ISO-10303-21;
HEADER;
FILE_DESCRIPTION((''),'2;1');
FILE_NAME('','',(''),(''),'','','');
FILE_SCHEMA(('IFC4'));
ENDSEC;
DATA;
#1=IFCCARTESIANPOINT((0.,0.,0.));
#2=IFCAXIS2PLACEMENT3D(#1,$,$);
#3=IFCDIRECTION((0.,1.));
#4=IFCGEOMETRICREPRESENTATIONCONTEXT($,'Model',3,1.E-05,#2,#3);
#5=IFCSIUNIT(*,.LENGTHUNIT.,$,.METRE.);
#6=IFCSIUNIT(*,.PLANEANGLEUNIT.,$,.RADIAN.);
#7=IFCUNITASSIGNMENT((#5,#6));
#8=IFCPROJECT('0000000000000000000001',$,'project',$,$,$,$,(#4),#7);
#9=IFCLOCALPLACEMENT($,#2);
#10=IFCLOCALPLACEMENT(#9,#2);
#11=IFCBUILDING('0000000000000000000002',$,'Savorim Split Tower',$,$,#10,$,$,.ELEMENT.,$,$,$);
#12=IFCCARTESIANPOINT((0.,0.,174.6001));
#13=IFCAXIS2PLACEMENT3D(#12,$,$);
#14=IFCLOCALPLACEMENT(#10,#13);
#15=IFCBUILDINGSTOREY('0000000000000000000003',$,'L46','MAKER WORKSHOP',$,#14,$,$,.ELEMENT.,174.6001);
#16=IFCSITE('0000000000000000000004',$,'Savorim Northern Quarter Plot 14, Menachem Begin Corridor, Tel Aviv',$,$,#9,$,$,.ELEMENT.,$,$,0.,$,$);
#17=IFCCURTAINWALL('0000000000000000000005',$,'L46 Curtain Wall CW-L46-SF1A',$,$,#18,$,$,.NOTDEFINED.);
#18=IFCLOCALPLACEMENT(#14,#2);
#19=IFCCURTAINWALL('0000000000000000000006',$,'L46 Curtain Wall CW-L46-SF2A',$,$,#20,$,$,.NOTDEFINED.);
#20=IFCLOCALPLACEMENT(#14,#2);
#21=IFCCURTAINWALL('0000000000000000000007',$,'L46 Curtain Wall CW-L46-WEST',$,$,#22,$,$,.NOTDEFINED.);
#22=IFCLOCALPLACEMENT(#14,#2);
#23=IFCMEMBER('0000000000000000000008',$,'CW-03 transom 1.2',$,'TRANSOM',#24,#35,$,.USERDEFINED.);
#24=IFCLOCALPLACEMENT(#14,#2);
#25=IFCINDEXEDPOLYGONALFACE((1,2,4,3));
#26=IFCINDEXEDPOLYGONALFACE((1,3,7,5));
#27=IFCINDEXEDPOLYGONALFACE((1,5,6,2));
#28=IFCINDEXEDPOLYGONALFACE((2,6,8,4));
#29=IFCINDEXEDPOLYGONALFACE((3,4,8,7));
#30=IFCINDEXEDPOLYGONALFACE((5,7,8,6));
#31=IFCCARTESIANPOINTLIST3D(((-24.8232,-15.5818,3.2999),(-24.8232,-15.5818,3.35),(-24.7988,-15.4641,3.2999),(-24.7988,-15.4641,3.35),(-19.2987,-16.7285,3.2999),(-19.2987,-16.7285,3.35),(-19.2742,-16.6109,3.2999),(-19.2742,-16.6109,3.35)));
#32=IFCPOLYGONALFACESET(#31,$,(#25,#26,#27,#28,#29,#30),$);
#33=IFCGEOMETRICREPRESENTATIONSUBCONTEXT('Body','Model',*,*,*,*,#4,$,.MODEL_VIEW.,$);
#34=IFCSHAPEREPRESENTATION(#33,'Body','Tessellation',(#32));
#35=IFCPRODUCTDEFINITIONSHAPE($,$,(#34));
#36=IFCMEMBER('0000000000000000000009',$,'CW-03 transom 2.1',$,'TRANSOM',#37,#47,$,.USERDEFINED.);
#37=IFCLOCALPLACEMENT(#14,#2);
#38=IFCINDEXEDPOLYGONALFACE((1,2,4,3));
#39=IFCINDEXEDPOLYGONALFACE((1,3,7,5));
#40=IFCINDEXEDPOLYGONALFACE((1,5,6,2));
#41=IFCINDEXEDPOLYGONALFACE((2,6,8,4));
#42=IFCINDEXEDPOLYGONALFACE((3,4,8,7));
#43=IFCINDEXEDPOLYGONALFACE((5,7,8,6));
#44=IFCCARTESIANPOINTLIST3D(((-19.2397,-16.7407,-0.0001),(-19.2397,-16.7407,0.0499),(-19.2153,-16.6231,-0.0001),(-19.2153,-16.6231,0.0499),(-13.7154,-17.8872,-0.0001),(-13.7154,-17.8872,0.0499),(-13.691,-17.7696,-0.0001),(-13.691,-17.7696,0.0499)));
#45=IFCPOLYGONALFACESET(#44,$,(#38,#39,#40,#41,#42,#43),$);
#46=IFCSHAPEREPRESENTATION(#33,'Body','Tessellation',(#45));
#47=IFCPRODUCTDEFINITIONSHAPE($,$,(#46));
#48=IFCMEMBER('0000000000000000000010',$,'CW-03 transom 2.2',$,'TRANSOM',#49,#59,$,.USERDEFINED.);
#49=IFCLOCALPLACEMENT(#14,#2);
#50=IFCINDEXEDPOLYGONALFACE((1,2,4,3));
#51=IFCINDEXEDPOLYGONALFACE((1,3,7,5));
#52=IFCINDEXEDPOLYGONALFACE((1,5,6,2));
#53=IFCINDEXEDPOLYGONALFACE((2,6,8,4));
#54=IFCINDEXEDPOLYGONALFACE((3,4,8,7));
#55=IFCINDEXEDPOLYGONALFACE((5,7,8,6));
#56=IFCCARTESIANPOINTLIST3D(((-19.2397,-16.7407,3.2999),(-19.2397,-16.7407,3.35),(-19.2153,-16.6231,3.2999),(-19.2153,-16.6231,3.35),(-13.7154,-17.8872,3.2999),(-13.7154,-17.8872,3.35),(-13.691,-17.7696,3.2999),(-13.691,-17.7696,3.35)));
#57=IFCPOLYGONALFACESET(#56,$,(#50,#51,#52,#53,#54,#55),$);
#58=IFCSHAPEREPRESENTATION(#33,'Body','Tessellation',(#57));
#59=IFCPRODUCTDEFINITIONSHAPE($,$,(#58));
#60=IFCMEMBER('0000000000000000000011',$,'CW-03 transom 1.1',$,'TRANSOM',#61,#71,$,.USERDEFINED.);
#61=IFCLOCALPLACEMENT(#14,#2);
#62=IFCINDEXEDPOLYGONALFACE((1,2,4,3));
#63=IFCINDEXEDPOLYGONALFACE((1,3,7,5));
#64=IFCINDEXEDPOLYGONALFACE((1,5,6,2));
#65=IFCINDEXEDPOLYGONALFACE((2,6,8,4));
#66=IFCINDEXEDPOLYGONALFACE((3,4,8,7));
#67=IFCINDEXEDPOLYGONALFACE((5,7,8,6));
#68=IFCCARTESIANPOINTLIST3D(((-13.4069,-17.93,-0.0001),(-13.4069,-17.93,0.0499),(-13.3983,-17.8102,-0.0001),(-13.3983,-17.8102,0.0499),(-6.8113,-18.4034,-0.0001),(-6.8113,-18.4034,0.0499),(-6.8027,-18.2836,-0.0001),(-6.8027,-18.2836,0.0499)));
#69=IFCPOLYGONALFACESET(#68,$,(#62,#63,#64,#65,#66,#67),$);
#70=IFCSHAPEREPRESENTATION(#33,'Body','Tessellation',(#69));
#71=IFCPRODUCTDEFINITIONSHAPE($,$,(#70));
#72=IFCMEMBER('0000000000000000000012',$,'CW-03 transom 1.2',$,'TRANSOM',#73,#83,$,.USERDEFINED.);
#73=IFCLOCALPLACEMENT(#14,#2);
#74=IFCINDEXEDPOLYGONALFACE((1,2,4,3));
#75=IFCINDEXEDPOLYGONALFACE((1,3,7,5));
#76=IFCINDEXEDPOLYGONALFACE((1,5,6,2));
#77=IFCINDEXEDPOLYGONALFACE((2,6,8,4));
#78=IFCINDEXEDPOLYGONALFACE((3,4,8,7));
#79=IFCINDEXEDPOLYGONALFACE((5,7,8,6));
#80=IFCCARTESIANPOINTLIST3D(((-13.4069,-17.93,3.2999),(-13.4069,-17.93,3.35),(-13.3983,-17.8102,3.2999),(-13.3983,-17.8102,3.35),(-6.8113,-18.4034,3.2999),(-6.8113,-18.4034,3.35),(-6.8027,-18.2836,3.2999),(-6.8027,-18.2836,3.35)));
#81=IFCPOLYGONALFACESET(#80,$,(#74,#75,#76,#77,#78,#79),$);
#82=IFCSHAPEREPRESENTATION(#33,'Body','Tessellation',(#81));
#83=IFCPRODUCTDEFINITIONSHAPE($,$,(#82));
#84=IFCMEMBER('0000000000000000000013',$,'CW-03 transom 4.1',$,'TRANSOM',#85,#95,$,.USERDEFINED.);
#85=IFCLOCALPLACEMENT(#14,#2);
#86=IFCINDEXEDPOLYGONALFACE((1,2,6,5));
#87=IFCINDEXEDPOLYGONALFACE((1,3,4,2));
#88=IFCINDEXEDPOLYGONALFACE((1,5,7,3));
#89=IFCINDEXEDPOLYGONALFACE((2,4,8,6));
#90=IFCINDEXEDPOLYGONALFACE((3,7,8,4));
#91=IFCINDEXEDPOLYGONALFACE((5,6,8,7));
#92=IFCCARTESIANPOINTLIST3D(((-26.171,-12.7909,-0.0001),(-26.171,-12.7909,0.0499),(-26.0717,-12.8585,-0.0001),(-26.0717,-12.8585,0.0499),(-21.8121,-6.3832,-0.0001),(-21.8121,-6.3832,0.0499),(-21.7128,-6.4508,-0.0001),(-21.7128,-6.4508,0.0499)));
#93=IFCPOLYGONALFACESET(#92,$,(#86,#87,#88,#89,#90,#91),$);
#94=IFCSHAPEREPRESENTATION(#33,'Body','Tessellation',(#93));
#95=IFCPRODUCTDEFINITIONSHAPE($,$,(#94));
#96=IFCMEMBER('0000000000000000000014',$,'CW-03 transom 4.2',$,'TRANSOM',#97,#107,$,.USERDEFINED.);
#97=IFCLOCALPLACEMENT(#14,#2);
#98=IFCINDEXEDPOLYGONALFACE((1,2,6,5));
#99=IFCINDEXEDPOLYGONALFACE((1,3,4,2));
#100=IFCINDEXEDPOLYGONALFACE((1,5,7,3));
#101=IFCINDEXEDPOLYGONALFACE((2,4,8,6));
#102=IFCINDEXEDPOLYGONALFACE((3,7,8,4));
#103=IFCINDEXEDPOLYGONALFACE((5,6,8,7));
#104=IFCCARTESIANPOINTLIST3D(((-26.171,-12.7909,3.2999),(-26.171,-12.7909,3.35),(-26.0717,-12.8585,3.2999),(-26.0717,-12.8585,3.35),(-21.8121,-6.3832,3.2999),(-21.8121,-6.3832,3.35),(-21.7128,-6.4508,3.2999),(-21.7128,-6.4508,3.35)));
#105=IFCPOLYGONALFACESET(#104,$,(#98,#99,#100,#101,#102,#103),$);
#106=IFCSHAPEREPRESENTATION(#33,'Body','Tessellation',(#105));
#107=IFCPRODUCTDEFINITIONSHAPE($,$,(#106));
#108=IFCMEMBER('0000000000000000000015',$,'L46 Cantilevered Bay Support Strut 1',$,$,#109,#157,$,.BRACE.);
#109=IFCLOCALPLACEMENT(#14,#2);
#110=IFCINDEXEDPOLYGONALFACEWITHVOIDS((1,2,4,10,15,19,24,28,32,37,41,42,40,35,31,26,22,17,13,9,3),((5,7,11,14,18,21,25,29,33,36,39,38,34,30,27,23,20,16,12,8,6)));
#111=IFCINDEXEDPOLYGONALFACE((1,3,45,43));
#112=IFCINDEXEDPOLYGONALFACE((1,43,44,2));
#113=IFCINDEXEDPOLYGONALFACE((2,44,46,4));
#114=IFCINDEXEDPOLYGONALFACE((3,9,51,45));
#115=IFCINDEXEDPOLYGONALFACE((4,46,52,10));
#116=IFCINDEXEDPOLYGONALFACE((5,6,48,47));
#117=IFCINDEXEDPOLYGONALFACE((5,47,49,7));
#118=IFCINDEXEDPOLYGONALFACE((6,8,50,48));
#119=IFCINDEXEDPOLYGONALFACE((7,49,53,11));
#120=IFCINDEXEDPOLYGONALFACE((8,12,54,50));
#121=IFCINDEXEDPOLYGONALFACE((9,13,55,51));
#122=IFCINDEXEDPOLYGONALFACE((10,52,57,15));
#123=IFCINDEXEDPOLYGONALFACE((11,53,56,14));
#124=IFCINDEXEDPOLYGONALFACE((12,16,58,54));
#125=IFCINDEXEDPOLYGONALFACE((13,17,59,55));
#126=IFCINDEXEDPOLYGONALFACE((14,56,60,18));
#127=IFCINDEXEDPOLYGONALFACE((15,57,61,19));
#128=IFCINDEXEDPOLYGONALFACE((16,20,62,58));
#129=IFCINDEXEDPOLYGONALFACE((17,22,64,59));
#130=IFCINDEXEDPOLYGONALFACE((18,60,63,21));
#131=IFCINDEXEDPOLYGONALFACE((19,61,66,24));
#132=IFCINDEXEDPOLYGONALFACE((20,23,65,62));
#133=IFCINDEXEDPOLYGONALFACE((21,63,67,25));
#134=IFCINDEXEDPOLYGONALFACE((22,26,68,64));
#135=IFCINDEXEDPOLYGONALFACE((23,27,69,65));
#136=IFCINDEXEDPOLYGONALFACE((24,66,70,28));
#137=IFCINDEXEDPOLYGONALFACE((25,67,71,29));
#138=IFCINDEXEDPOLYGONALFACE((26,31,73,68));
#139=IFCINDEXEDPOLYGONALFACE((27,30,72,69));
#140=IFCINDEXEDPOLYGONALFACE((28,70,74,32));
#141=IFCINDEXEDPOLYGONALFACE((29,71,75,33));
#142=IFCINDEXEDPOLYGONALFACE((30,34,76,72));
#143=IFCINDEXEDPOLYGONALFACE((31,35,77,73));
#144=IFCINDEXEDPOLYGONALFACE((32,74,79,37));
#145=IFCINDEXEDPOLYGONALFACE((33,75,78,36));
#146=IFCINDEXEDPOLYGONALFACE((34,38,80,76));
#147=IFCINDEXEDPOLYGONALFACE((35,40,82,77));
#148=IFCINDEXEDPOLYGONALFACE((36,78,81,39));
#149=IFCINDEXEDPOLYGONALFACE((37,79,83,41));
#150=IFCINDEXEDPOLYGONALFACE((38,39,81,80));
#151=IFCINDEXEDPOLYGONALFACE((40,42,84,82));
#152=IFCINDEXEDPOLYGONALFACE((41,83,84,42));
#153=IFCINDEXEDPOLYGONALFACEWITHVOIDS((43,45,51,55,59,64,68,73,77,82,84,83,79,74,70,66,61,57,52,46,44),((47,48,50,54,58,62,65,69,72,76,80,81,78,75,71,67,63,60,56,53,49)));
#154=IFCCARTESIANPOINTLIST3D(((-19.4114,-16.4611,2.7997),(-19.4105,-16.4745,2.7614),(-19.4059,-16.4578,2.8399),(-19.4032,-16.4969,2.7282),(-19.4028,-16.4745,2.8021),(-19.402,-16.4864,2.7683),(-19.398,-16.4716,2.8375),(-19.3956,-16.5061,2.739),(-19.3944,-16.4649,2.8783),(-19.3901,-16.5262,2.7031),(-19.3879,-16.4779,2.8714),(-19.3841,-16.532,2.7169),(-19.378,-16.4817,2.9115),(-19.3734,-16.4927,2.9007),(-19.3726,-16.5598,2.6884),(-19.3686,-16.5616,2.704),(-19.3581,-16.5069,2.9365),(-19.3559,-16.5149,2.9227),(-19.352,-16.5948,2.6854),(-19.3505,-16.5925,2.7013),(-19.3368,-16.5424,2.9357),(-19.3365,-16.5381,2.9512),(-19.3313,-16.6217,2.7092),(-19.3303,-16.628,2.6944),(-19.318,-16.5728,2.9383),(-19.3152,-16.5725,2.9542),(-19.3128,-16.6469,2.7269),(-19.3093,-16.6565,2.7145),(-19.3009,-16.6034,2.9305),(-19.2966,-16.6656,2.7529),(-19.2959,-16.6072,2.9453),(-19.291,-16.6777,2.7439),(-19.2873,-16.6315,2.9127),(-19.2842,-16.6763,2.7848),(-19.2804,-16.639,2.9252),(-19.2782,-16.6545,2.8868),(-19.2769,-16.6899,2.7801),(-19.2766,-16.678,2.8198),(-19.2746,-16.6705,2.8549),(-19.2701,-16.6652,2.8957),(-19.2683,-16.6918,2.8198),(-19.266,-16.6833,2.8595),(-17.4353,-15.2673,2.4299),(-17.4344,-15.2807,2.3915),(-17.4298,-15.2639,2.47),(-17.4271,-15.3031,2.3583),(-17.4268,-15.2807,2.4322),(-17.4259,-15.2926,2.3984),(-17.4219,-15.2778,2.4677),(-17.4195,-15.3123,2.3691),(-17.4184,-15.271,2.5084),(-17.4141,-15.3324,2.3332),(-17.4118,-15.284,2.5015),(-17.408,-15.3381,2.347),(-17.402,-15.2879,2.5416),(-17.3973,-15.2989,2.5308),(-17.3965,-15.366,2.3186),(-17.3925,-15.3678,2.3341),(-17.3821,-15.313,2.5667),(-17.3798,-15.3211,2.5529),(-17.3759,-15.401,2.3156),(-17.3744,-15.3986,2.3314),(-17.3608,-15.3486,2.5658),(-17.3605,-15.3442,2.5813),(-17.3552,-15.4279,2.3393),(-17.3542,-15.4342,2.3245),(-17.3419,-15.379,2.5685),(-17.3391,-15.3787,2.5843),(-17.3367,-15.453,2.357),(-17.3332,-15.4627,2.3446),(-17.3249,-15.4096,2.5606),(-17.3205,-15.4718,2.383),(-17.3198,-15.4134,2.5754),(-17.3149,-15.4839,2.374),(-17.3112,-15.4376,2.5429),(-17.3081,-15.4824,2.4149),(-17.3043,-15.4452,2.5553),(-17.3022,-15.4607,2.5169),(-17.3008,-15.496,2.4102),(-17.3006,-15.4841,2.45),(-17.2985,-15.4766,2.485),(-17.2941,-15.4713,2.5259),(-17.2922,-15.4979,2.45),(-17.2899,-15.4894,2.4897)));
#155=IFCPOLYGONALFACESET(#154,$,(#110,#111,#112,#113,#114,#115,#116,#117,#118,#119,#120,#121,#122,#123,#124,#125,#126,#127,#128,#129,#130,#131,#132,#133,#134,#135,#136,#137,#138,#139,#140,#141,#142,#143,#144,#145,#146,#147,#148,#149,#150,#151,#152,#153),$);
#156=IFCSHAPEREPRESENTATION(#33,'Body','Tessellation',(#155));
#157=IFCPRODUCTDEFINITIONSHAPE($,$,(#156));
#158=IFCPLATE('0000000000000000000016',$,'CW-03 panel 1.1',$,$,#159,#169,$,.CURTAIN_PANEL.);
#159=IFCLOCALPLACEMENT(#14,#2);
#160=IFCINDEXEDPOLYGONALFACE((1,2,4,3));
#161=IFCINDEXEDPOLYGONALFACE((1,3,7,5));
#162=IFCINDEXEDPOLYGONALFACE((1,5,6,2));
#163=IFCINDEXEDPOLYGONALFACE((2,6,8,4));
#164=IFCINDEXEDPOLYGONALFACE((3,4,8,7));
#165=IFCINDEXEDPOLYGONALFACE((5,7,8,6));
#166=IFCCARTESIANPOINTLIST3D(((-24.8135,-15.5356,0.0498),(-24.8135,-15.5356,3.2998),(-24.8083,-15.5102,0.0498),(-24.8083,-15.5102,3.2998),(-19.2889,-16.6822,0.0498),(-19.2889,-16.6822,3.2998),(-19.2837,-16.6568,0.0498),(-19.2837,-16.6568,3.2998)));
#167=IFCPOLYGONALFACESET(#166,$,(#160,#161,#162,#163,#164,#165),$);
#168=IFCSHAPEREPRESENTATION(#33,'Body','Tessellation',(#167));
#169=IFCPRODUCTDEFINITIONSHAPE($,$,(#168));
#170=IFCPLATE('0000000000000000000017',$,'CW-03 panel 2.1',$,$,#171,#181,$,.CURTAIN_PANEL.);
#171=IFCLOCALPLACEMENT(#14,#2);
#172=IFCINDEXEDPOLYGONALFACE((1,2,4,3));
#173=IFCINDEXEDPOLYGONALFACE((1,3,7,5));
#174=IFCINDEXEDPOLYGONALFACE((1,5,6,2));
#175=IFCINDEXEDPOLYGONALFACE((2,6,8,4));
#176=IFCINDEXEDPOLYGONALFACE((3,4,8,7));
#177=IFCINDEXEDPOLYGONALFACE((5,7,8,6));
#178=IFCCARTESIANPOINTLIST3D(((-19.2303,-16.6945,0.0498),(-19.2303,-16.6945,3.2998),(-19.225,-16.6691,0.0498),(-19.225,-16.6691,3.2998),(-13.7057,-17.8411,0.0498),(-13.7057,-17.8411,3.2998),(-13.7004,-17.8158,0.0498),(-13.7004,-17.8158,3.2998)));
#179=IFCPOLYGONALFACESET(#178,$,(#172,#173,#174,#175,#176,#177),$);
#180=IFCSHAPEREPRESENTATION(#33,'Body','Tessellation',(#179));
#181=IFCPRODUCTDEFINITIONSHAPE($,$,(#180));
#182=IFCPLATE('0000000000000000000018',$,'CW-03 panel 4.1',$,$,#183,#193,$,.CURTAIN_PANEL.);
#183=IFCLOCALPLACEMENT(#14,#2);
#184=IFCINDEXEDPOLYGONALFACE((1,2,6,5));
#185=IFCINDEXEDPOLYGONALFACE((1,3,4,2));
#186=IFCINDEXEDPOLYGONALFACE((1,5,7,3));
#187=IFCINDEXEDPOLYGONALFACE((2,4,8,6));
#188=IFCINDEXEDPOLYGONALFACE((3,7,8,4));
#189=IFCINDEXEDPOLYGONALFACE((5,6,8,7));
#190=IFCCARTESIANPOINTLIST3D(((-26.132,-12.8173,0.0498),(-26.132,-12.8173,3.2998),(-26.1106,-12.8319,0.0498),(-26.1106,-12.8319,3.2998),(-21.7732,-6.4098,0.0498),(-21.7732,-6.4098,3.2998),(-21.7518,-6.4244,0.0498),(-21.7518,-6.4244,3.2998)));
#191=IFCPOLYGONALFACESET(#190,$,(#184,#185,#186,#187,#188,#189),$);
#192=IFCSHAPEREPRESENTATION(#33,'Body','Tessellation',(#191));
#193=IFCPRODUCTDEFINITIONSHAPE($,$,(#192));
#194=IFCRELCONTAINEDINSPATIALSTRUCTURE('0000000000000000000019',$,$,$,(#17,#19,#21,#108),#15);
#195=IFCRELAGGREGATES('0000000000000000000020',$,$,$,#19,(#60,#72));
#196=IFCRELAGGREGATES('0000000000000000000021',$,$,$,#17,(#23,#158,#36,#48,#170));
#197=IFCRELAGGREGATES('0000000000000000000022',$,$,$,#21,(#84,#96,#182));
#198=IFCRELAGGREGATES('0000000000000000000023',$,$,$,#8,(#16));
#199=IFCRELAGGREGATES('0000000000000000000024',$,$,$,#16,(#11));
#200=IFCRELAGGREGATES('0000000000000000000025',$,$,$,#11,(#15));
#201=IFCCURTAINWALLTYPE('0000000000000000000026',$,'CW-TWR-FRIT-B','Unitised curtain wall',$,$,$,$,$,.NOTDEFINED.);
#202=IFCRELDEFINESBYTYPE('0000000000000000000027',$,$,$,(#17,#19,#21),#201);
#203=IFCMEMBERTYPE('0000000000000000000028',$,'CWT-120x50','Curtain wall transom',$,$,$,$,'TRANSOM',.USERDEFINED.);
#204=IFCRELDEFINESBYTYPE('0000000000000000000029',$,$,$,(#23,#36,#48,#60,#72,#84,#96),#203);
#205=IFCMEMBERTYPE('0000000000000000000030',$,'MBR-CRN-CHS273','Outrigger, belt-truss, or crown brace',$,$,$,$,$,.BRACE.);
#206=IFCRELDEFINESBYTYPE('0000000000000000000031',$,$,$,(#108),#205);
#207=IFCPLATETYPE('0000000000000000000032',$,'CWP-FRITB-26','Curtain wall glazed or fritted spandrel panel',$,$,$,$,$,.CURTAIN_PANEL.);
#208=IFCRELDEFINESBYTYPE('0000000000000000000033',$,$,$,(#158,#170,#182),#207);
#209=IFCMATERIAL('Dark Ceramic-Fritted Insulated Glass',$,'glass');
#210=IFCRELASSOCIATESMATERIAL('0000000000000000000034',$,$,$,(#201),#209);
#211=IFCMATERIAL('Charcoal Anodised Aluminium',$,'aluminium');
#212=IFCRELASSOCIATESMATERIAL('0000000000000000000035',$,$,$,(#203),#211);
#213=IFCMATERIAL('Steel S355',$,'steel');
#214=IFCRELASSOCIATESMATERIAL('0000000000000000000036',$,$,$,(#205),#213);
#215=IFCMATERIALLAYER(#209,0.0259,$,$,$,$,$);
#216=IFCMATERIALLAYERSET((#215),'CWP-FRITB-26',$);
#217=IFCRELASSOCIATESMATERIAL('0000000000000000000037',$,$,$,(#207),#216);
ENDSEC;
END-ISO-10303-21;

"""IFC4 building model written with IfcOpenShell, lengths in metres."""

from ifc_helpers import new_model, si_unit, direction, frame, origin, origin_2d, place, context, subcontext, project, spatial, rectangle, hollow_circle, extrude, material, layer, layer_set, material_profile, profile_set, type_object, element, aggregate, save


model = new_model("IFC4")

# Units and contexts
model_context = context("Model", 3, precision=1e-05, world=origin(), true_north=direction((0.0, 1.0)))
body_context = subcontext(model_context, "Body", "Model", "MODEL_VIEW")
ifc_project = project(units=[si_unit("LENGTHUNIT", "METRE"), si_unit("PLANEANGLEUNIT", "RADIAN")], contexts=[model_context])

# Site, building, storey
site_placement = place(None, origin())
site = spatial("IfcSite", under=ifc_project, at=site_placement, Name="Savorim Northern Quarter Plot 14, Menachem Begin Corridor, Tel Aviv", CompositionType="ELEMENT", RefElevation=0.0)
building_placement = place(site_placement, origin())
building = spatial("IfcBuilding", under=site, at=building_placement, Name="Savorim Split Tower", CompositionType="ELEMENT")
storey_placement = place(building_placement, frame((0.0, 0.0, 174.6001)))
storey = spatial("IfcBuildingStorey", under=building, at=storey_placement, Name="L46", Description="MAKER WORKSHOP", CompositionType="ELEMENT", Elevation=174.6001)

# Shared definitions
ifc_material_1 = material(Name="Steel S355", Category="steel")

# Curtain wall
ifc_material_2 = material(Name="Dark Ceramic-Fritted Insulated Glass", Category="glass")
curtain_wall_type = type_object("IfcCurtainWallType", Name="CW-TWR-FRIT-B", Description="Unitised curtain wall", PredefinedType="NOTDEFINED", material=ifc_material_2)
curtain_wall_1_placement = place(storey_placement, origin())
curtain_wall_1 = element("IfcCurtainWall", 1, at=curtain_wall_1_placement, inside=storey, type_object=curtain_wall_type, Name="L46 Curtain Wall CW-L46-SF1A", PredefinedType="NOTDEFINED")
ifc_material_3 = material(Name="Charcoal Anodised Aluminium", Category="aluminium")

# Curtain wall
curtain_wall_2_placement = place(storey_placement, origin())
curtain_wall_2 = element("IfcCurtainWall", 2, at=curtain_wall_2_placement, inside=storey, type_object=curtain_wall_type, Name="L46 Curtain Wall CW-L46-SF2A", PredefinedType="NOTDEFINED")

# Curtain wall
curtain_wall_3_placement = place(storey_placement, origin())
curtain_wall_3 = element("IfcCurtainWall", 3, at=curtain_wall_3_placement, inside=storey, type_object=curtain_wall_type, Name="L46 Curtain Wall CW-L46-WEST", PredefinedType="NOTDEFINED")

# Members
ifc_material_profile_1 = material_profile(ifc_material_3, rectangle(XDim=0.1201, YDim=0.05, at=origin_2d()), Name="ALU-T 120x50")
ifc_profile_set_1 = profile_set([ifc_material_profile_1], Name="Charcoal Anodised Aluminium")
member_type_1 = type_object("IfcMemberType", Name="CWT-120x50", Description="Curtain wall transom", ElementType="TRANSOM", PredefinedType="USERDEFINED", material=ifc_profile_set_1)
member_1_placement = place(storey_placement, frame((-24.811, -15.5229, 3.325), z_axis=(0.97913, -0.203234, 0.0), x_axis=(0.203234, 0.97913, 0.0)))
member_1 = element("IfcMember", 4, at=member_1_placement, type_object=member_type_1, Name="CW-03 transom 1.2", ObjectType="TRANSOM", PredefinedType="USERDEFINED", context=body_context, shape_type="SweptSolid", body=[
    extrude(rectangle(XDim=0.1201, YDim=0.05, at=origin_2d()), origin(), (0.0, 0.0, 1.0), 5.6423),
])
member_2_placement = place(storey_placement, frame((-19.2275, -16.6819, 0.0249), z_axis=(0.979137, -0.203201, 0.0), x_axis=(0.203201, 0.979137, 0.0)))
member_2 = element("IfcMember", 5, at=member_2_placement, type_object=member_type_1, Name="CW-03 transom 2.1", ObjectType="TRANSOM", PredefinedType="USERDEFINED", context=body_context, shape_type="SweptSolid", body=[
    extrude(rectangle(XDim=0.1201, YDim=0.05, at=origin_2d()), origin(), (0.0, 0.0, 1.0), 5.6421),
])
member_3_placement = place(storey_placement, frame((-19.2275, -16.6819, 3.325), z_axis=(0.979137, -0.203201, 0.0), x_axis=(0.203201, 0.979137, 0.0)))
member_3 = element("IfcMember", 6, at=member_3_placement, type_object=member_type_1, Name="CW-03 transom 2.2", ObjectType="TRANSOM", PredefinedType="USERDEFINED", context=body_context, shape_type="SweptSolid", body=[
    extrude(rectangle(XDim=0.1201, YDim=0.05, at=origin_2d()), origin(), (0.0, 0.0, 1.0), 5.6421),
])
member_4_placement = place(storey_placement, frame((-13.4026, -17.8701, 0.0249), z_axis=(0.997434, -0.071588, 0.0), x_axis=(0.071588, 0.997434, 0.0)))
member_4 = element("IfcMember", 7, at=member_4_placement, type_object=member_type_1, Name="CW-03 transom 1.1", ObjectType="TRANSOM", PredefinedType="USERDEFINED", context=body_context, shape_type="SweptSolid", body=[
    extrude(rectangle(XDim=0.1201, YDim=0.05, at=origin_2d()), origin(), (0.0, 0.0, 1.0), 6.6125),
])
member_5_placement = place(storey_placement, frame((-13.4026, -17.8701, 3.325), z_axis=(0.997434, -0.071588, 0.0), x_axis=(0.071588, 0.997434, 0.0)))
member_5 = element("IfcMember", 8, at=member_5_placement, type_object=member_type_1, Name="CW-03 transom 1.2", ObjectType="TRANSOM", PredefinedType="USERDEFINED", context=body_context, shape_type="SweptSolid", body=[
    extrude(rectangle(XDim=0.1201, YDim=0.05, at=origin_2d()), origin(), (0.0, 0.0, 1.0), 6.6125),
])
aggregate(curtain_wall_2, [member_4, member_5])
member_6_placement = place(storey_placement, frame((-21.7625, -6.417, 0.0249), z_axis=(-0.562455, -0.826828, 0.0), x_axis=(0.826828, -0.562455, 0.0)))
member_6 = element("IfcMember", 9, at=member_6_placement, type_object=member_type_1, Name="CW-03 transom 4.1", ObjectType="TRANSOM", PredefinedType="USERDEFINED", context=body_context, shape_type="SweptSolid", body=[
    extrude(rectangle(XDim=0.1201, YDim=0.05, at=origin_2d()), origin(), (0.0, 0.0, 1.0), 7.7498),
])
member_7_placement = place(storey_placement, frame((-21.7625, -6.417, 3.325), z_axis=(-0.562455, -0.826828, 0.0), x_axis=(0.826828, -0.562455, 0.0)))
member_7 = element("IfcMember", 10, at=member_7_placement, type_object=member_type_1, Name="CW-03 transom 4.2", ObjectType="TRANSOM", PredefinedType="USERDEFINED", context=body_context, shape_type="SweptSolid", body=[
    extrude(rectangle(XDim=0.1201, YDim=0.05, at=origin_2d()), origin(), (0.0, 0.0, 1.0), 7.7498),
])
ifc_material_profile_2 = material_profile(ifc_material_1, hollow_circle(Radius=0.1365, WallThickness=0.0161, at=origin_2d()), Name="CHS 273x16")
ifc_profile_set_2 = profile_set([ifc_material_profile_2], Name="Steel S355")
member_type_2 = type_object("IfcMemberType", Name="MBR-CRN-CHS273", Description="Outrigger, belt-truss, or crown brace", PredefinedType="BRACE", material=ifc_profile_set_2)
member_8_placement = place(storey_placement, frame((-17.3628, -15.3811, 2.45), z_axis=(-0.845144, -0.510595, 0.15819), x_axis=(0.517106, -0.855921, 0.0)))
element("IfcMember", 11, at=member_8_placement, inside=storey, type_object=member_type_2, Name="L46 Cantilevered Bay Support Strut 1", PredefinedType="BRACE", context=body_context, shape_type="SweptSolid", body=[
    extrude(hollow_circle(Radius=0.1365, WallThickness=0.0161, at=origin_2d()), origin(), (0.0, 0.0, 1.0), 2.3381),
])

# Plates
ifc_layer_1 = layer(ifc_material_2, 0.0259)
ifc_layer_set_1 = layer_set([ifc_layer_1], Name="CWP-FRITB-26")
plate_type_1 = type_object("IfcPlateType", Name="CWP-FRITB-26", Description="Curtain wall glazed or fritted spandrel panel", PredefinedType="CURTAIN_PANEL", material=ifc_layer_set_1)
plate_1_placement = place(storey_placement, frame((-22.0486, -16.0962, 0.0498), z_axis=(0.0, 0.0, 1.0), x_axis=(0.979134, -0.203216, 0.0)))
plate_1 = element("IfcPlate", 12, at=plate_1_placement, type_object=plate_type_1, Name="CW-03 panel 1.1", PredefinedType="CURTAIN_PANEL", context=body_context, shape_type="SweptSolid", body=[
    extrude(rectangle(XDim=5.6423, YDim=0.0259, at=origin_2d()), origin(), (0.0, 0.0, 1.0), 3.25),
])
plate_2_placement = place(storey_placement, frame((-16.4653, -17.2551, 0.0498), z_axis=(0.0, 0.0, 1.0), x_axis=(0.979134, -0.203216, 0.0)))
plate_2 = element("IfcPlate", 13, at=plate_2_placement, type_object=plate_type_1, Name="CW-03 panel 2.1", PredefinedType="CURTAIN_PANEL", context=body_context, shape_type="SweptSolid", body=[
    extrude(rectangle(XDim=5.6423, YDim=0.0259, at=origin_2d()), origin(), (0.0, 0.0, 1.0), 3.25),
])
aggregate(curtain_wall_1, [member_1, plate_1, member_2, member_3, plate_2])
plate_3_placement = place(storey_placement, frame((-23.9419, -9.6208, 0.0498), z_axis=(0.0, 0.0, 1.0), x_axis=(-0.562468, -0.826819, 0.0)))
plate_3 = element("IfcPlate", 14, at=plate_3_placement, type_object=plate_type_1, Name="CW-03 panel 4.1", PredefinedType="CURTAIN_PANEL", context=body_context, shape_type="SweptSolid", body=[
    extrude(rectangle(XDim=7.7495, YDim=0.0259, at=origin_2d()), origin(), (0.0, 0.0, 1.0), 3.25),
])
aggregate(curtain_wall_3, [member_6, member_7, plate_3])

save(model, "model.ifc")
